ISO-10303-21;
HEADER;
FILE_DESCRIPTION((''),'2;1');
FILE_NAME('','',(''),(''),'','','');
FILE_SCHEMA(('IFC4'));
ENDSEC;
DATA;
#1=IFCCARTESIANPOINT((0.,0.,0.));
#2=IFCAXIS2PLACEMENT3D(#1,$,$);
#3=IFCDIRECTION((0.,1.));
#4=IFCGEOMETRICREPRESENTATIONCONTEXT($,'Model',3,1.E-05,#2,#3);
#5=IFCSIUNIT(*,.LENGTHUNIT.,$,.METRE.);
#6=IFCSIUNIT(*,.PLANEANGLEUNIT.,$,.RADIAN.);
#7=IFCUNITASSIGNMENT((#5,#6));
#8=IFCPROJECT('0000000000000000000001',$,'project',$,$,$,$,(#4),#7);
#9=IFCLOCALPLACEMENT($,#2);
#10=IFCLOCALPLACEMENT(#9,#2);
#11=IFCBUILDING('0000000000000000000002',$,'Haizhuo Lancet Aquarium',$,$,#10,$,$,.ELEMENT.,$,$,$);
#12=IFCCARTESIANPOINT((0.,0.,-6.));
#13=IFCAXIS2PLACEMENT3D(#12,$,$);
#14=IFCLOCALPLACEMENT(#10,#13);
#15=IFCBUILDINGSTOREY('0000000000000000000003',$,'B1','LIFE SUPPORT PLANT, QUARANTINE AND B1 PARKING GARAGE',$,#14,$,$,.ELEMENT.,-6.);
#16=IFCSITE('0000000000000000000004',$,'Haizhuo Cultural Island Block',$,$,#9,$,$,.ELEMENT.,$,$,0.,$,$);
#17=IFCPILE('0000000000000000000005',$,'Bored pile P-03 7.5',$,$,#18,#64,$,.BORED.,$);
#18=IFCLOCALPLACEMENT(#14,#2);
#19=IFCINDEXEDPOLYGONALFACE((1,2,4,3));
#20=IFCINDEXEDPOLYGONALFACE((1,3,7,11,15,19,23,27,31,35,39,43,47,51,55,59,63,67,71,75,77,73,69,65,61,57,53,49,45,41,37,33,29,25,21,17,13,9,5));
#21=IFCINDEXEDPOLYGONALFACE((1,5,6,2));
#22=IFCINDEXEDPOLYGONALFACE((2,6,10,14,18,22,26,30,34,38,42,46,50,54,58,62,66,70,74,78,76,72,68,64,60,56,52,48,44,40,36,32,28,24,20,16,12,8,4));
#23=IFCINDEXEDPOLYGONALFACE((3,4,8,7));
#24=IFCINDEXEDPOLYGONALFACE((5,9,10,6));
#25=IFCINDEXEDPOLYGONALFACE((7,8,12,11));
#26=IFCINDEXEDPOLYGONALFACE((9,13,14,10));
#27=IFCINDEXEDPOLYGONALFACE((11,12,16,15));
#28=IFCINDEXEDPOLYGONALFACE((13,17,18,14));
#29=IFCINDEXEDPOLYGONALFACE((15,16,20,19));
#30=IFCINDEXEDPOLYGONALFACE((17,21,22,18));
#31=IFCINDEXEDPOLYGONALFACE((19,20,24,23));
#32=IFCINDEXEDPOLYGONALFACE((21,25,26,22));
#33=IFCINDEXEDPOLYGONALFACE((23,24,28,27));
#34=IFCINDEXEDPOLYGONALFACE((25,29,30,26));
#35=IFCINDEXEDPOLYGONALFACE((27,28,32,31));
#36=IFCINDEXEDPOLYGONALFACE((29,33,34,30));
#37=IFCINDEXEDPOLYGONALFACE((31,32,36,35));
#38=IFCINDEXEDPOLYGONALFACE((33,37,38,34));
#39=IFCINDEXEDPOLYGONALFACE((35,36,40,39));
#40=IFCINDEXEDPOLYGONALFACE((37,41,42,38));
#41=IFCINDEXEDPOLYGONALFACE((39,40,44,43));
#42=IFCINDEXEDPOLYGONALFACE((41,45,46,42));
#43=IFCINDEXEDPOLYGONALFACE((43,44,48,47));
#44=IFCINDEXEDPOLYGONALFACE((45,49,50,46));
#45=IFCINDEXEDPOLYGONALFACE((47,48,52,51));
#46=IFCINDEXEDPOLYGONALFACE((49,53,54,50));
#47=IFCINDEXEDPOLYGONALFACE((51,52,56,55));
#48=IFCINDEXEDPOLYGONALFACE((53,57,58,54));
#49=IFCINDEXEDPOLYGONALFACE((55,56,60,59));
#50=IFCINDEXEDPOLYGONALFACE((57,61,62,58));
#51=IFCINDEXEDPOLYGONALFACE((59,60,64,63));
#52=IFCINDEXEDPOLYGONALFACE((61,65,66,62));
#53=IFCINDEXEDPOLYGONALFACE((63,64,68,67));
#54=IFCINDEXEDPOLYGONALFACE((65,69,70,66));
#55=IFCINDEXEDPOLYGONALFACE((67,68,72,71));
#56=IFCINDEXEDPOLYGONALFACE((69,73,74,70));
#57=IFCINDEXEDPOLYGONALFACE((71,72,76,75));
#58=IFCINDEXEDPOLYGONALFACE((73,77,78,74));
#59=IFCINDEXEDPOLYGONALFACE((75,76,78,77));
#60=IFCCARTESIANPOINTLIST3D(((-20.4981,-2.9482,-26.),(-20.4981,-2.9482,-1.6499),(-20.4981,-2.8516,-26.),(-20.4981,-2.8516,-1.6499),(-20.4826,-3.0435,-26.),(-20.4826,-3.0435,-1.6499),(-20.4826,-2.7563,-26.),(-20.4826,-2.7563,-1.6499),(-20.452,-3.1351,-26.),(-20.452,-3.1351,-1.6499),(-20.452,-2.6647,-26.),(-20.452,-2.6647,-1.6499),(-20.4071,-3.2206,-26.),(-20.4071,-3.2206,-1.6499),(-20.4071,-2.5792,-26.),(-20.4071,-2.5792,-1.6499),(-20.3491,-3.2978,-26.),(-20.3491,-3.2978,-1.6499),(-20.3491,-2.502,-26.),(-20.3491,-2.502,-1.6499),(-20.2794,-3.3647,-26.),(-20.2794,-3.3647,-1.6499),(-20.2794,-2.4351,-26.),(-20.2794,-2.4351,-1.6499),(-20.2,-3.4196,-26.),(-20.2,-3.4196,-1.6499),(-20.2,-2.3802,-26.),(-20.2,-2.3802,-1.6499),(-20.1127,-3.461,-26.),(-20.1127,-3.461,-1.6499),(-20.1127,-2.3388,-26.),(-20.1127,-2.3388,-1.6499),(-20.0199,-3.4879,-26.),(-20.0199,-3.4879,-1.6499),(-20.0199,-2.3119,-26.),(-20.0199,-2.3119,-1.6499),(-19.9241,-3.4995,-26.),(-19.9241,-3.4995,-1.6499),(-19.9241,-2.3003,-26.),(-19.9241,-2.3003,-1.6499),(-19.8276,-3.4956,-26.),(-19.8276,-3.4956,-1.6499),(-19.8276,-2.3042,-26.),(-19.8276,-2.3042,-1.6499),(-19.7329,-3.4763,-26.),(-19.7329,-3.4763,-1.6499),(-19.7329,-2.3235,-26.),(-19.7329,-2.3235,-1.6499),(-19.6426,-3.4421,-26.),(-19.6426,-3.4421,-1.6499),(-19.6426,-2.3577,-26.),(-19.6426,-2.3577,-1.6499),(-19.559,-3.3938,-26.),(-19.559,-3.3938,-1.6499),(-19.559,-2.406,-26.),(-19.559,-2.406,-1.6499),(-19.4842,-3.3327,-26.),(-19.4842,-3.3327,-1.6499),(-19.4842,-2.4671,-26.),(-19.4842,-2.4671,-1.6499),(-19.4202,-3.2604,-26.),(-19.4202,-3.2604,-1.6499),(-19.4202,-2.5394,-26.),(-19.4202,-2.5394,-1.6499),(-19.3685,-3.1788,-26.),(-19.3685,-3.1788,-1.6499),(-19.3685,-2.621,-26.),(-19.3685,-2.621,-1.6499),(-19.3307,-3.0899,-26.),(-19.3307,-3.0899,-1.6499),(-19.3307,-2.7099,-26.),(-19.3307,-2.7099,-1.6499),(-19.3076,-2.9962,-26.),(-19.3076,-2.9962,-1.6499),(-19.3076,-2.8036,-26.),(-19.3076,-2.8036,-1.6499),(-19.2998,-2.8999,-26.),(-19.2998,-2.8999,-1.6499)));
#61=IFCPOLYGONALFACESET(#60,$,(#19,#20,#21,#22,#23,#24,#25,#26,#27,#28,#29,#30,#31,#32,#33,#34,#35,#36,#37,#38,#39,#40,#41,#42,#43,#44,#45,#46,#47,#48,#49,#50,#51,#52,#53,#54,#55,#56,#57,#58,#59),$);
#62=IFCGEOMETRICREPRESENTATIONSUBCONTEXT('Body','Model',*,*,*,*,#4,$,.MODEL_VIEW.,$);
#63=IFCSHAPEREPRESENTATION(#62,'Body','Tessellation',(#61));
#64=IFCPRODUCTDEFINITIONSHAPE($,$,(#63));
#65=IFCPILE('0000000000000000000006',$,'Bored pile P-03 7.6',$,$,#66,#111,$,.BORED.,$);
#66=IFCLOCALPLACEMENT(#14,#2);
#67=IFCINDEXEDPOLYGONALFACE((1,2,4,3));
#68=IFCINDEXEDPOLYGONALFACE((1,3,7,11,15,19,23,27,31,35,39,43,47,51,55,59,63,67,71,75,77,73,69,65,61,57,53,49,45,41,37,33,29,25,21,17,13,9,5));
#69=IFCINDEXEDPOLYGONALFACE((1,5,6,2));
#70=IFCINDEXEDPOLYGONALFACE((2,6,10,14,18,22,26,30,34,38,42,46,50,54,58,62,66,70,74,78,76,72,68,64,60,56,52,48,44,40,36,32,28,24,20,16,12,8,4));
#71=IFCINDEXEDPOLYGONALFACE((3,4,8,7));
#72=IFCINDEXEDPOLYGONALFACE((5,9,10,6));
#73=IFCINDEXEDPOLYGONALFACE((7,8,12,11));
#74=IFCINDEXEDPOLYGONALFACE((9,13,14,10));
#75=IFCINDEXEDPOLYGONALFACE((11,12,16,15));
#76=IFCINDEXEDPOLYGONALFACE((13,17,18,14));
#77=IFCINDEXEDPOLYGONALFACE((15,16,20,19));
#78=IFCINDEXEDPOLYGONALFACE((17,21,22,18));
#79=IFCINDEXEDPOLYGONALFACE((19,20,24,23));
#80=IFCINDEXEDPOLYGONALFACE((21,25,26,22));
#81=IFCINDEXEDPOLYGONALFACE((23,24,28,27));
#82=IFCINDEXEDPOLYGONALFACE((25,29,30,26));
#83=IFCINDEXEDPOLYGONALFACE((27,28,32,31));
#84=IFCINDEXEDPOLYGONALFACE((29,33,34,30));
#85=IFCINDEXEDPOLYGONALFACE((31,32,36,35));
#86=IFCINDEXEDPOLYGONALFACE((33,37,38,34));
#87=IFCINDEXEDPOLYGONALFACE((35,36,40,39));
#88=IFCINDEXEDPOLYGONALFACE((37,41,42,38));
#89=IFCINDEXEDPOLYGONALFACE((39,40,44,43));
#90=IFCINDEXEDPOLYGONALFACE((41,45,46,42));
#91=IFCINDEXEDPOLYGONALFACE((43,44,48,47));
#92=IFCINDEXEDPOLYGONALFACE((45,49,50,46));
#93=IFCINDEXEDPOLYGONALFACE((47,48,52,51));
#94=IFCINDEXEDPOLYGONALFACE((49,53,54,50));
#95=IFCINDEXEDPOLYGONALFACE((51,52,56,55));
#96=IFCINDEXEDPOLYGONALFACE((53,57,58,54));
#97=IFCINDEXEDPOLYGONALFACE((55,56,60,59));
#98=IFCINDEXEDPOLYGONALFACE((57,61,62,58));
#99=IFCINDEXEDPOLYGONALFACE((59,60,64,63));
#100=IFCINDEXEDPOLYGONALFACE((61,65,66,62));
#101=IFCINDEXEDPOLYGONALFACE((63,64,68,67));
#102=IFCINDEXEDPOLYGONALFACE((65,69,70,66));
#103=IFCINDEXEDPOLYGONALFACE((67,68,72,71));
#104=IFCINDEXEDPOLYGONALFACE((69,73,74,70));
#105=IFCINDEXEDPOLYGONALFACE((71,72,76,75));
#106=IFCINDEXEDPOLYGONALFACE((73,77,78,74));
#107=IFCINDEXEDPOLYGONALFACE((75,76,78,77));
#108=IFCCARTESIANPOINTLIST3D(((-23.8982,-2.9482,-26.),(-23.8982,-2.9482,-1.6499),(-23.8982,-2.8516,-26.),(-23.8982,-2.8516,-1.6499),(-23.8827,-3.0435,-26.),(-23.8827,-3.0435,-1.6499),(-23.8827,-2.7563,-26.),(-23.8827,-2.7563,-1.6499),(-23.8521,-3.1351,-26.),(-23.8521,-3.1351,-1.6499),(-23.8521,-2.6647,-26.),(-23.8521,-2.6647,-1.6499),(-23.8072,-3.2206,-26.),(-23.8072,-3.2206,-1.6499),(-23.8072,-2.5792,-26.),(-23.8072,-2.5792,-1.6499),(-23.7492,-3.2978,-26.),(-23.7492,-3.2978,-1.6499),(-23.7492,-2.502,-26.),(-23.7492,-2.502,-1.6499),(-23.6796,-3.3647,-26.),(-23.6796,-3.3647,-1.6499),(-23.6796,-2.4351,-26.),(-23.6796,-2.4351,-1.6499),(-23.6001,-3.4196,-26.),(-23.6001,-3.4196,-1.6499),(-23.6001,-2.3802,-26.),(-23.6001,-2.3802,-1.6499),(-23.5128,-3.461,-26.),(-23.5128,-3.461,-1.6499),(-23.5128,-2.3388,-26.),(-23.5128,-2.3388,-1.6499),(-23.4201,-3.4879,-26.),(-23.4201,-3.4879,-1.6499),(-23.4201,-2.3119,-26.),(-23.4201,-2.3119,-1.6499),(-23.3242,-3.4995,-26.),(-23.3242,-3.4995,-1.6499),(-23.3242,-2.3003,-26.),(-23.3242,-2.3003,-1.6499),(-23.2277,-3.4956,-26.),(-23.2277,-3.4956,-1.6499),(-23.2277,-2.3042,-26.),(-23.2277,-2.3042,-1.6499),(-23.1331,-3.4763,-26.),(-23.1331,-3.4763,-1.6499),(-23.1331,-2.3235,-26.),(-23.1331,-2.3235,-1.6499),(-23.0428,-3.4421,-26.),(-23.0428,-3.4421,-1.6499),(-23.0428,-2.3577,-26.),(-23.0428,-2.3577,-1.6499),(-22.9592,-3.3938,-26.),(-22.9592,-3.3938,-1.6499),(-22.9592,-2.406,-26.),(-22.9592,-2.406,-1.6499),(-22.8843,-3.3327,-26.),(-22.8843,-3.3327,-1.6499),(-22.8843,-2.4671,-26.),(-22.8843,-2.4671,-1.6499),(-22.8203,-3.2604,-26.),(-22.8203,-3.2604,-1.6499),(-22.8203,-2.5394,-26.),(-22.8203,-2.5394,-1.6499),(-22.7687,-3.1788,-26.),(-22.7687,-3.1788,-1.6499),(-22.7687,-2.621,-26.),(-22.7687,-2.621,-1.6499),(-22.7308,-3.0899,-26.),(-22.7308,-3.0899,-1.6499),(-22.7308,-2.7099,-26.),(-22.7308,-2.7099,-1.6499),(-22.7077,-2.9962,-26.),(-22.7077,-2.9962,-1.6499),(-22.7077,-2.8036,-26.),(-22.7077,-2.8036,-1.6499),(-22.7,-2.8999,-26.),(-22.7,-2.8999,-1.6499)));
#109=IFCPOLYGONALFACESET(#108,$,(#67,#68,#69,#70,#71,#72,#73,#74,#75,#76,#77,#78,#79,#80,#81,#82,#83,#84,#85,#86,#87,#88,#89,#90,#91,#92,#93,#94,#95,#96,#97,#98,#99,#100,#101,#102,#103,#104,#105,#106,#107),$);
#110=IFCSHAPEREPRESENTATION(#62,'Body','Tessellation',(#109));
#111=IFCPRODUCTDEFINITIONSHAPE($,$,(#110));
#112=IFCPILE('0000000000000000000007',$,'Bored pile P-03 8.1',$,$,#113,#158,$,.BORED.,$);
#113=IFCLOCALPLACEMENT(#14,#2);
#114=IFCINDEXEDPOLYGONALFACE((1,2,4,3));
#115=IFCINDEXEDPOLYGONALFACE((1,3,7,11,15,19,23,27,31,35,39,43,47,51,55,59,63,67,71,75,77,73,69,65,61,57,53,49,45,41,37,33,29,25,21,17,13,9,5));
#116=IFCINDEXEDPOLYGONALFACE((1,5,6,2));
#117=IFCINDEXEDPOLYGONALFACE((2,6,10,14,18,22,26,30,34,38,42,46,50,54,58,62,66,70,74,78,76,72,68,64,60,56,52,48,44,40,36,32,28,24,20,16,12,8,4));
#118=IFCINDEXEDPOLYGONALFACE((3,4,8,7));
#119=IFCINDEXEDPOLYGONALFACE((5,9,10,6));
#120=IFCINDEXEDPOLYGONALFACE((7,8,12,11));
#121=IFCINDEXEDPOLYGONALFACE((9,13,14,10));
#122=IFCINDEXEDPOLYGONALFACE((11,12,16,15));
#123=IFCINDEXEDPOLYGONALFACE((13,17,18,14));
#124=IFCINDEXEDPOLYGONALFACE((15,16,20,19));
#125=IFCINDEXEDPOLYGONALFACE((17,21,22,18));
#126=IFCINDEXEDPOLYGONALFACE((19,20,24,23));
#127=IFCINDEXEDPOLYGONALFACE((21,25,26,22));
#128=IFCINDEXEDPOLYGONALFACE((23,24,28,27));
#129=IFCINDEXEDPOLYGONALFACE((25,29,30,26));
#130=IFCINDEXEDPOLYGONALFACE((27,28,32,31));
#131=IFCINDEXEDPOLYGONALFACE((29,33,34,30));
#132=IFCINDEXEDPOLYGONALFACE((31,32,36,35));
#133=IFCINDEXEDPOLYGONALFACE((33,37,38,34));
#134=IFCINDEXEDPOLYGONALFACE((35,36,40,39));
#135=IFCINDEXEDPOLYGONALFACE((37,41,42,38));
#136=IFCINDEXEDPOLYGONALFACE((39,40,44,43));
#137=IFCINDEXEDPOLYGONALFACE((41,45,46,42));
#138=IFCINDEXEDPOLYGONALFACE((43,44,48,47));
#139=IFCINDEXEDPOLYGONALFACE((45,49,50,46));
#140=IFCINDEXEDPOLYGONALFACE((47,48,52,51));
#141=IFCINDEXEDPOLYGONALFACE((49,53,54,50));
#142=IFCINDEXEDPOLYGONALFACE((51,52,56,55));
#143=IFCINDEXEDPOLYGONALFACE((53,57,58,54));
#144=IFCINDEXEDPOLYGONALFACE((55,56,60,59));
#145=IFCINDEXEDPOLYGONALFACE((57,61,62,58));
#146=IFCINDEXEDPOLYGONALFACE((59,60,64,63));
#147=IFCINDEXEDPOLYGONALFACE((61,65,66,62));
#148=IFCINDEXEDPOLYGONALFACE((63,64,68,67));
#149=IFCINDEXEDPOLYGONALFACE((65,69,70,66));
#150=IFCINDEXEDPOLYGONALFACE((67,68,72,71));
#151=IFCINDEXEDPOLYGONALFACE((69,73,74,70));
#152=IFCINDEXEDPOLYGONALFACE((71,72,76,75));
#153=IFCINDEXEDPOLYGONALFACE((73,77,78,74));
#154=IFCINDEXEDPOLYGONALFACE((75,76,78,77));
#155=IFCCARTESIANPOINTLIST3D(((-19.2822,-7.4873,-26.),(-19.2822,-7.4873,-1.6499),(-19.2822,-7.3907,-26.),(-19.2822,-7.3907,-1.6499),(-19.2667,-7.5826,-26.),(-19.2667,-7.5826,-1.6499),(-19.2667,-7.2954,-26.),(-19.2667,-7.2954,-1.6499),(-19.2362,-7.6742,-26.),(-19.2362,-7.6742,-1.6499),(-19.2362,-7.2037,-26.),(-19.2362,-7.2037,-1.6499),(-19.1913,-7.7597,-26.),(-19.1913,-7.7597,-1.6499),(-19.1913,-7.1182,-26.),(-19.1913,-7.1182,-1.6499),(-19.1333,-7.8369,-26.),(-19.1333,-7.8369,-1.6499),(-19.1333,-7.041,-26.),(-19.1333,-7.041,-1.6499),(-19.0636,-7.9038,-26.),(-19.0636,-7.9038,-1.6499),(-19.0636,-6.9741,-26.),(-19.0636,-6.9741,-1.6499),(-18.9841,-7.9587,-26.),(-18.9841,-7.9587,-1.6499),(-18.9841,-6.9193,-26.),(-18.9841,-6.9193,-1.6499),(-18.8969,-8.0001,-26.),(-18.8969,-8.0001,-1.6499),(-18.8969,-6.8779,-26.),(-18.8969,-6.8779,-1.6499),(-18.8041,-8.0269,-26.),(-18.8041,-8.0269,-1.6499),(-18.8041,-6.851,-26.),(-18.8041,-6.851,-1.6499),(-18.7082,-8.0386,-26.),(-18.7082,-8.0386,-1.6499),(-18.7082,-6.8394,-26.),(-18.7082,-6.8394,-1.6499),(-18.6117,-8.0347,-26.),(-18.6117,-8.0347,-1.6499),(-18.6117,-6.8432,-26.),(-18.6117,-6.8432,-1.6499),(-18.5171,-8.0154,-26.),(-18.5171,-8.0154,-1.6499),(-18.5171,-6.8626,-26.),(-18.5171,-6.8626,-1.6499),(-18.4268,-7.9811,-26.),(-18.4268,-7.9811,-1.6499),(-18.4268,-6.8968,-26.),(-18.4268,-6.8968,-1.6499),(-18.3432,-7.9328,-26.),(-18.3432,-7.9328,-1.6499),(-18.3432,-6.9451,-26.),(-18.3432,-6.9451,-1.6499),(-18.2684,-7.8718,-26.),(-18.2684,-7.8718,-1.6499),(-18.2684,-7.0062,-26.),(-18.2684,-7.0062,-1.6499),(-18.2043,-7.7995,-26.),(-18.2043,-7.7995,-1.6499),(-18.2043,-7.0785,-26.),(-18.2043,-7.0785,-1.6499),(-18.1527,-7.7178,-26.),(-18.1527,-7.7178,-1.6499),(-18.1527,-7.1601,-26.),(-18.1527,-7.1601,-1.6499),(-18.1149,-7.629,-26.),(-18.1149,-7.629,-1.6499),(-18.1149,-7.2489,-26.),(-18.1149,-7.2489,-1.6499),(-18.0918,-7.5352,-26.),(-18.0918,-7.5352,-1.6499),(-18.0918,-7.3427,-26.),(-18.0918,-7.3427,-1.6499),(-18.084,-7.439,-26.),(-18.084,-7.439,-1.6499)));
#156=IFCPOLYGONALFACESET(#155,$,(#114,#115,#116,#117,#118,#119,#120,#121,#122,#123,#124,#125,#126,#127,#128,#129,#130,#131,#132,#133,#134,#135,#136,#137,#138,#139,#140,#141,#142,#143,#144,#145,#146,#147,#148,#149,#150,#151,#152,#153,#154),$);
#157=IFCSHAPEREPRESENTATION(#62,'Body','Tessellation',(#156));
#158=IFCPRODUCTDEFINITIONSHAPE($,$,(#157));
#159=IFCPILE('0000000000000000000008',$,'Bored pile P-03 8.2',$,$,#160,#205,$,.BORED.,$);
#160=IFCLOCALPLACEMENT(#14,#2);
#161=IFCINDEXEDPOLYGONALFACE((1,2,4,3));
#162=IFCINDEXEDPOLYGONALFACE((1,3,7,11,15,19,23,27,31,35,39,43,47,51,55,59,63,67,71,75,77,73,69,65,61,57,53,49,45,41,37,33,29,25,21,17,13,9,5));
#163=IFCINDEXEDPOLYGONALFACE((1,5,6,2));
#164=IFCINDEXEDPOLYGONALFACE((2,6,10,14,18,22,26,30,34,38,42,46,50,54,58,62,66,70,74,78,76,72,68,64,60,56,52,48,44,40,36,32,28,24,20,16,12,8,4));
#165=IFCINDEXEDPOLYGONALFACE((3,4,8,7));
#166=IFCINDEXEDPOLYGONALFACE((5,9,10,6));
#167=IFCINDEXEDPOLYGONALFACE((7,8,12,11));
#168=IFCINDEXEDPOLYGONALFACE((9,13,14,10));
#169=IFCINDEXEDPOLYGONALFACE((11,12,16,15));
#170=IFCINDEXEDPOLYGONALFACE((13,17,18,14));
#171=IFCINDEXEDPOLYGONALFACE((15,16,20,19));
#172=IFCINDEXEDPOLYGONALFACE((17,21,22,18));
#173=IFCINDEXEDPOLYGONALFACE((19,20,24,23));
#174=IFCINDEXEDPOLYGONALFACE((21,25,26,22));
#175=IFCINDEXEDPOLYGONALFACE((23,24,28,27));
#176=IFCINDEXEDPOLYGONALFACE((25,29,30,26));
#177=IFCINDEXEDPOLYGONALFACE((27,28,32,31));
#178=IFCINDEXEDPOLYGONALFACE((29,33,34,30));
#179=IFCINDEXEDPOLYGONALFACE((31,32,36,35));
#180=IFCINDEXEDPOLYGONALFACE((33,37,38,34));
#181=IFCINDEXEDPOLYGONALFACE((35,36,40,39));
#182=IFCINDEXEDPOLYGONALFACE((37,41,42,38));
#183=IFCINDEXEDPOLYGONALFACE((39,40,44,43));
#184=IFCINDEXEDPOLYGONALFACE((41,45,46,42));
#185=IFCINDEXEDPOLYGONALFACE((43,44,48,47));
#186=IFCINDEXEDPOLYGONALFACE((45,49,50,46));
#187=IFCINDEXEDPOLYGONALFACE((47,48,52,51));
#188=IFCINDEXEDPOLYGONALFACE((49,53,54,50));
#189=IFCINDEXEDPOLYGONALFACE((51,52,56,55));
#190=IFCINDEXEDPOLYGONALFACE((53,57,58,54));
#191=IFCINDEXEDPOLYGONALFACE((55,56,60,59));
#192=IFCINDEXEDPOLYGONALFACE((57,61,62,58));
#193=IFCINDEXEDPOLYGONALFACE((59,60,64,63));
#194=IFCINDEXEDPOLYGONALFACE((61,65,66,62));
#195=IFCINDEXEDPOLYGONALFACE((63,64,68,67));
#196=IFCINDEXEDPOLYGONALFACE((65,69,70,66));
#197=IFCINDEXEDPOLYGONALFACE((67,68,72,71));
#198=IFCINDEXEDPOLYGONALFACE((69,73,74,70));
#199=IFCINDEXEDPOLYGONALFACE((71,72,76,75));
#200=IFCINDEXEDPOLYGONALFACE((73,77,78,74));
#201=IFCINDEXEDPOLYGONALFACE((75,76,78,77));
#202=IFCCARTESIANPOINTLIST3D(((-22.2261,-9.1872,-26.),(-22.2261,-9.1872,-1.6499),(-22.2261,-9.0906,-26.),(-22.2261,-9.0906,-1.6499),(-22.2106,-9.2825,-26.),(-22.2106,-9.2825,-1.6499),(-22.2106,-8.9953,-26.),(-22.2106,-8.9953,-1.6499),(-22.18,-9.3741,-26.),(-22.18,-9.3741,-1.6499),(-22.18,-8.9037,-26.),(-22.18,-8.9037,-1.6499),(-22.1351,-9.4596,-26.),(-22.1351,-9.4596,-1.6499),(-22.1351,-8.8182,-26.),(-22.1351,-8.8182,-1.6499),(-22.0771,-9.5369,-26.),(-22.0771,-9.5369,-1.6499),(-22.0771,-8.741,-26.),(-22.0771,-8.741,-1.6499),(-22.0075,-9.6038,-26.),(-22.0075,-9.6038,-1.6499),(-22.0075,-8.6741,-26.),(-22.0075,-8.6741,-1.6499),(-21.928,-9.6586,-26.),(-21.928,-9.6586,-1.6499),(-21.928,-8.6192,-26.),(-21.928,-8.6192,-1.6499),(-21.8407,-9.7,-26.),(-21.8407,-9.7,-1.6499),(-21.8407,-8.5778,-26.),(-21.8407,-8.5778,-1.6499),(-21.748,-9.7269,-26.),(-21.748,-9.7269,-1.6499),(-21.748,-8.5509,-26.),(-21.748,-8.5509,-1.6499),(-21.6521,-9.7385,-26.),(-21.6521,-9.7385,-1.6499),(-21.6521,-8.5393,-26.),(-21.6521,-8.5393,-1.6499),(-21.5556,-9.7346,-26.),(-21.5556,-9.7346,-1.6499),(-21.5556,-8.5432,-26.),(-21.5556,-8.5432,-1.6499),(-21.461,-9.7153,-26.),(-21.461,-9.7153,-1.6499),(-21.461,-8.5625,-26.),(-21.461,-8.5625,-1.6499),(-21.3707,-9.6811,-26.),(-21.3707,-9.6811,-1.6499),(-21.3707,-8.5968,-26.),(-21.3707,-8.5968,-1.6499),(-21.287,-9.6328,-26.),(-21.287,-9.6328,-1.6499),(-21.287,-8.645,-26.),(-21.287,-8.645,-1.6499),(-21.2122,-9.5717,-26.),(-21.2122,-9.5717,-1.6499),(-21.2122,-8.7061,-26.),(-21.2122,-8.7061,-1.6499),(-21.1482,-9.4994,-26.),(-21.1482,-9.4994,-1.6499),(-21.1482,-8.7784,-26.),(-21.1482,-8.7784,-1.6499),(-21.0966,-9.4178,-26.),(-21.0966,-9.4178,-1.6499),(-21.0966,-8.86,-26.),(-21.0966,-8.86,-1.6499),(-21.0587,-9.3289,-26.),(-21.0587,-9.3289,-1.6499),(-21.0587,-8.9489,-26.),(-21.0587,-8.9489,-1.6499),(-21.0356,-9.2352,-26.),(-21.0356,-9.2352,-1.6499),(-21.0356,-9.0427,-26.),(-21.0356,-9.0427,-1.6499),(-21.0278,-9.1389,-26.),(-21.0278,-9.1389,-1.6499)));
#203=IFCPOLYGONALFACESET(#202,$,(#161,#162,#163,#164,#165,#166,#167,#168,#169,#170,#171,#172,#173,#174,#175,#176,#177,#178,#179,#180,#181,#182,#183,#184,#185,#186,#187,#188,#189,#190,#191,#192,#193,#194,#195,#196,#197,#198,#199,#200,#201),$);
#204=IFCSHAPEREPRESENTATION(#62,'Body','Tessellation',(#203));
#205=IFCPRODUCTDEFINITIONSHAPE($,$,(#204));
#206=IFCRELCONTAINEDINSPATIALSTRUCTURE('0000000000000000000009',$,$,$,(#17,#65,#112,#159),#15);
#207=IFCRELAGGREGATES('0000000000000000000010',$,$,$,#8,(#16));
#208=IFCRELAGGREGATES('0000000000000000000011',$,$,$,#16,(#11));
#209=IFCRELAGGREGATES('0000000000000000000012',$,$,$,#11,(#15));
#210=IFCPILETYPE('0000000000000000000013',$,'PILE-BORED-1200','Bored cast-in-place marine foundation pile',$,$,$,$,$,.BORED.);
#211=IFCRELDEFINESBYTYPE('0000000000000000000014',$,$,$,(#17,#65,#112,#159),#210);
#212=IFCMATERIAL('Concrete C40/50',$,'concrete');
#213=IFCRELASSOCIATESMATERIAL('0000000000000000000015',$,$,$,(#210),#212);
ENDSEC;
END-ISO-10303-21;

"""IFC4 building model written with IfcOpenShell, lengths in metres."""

from ifc_helpers import new_model, si_unit, direction, frame, origin, origin_2d, place, context, subcontext, project, spatial, circle, extrude, material, material_profile, profile_set, type_object, element, save


model = new_model("IFC4")

# Units and contexts
model_context = context("Model", 3, precision=1e-05, world=origin(), true_north=direction((0.0, 1.0)))
body_context = subcontext(model_context, "Body", "Model", "MODEL_VIEW")
ifc_project = project(units=[si_unit("LENGTHUNIT", "METRE"), si_unit("PLANEANGLEUNIT", "RADIAN")], contexts=[model_context])

# Site, building, storey
site_placement = place(None, origin())
site = spatial("IfcSite", under=ifc_project, at=site_placement, Name="Haizhuo Cultural Island Block", CompositionType="ELEMENT", RefElevation=0.0)
building_placement = place(site_placement, origin())
building = spatial("IfcBuilding", under=site, at=building_placement, Name="Haizhuo Lancet Aquarium", CompositionType="ELEMENT")
storey_placement = place(building_placement, frame((0.0, 0.0, -6.0)))
storey = spatial("IfcBuildingStorey", under=building, at=storey_placement, Name="B1", Description="LIFE SUPPORT PLANT, QUARANTINE AND B1 PARKING GARAGE", CompositionType="ELEMENT", Elevation=-6.0)

# Shared definitions
ifc_material_1 = material(Name="Concrete C40/50", Category="concrete")

# Piles
ifc_material_profile_1 = material_profile(ifc_material_1, circle(Radius=0.6001, at=origin_2d()), Name="PILE-1200")
ifc_profile_set_1 = profile_set([ifc_material_profile_1], Name="Concrete C40/50")
pile_type_1 = type_object("IfcPileType", Name="PILE-BORED-1200", Description="Bored cast-in-place marine foundation pile", PredefinedType="BORED", material=ifc_profile_set_1)
for number, where, z_axis, x_axis, name in (
    (1, (-19.8999, -2.8999, -1.6499), (0.0, 0.0, -1.0), (1.0, 0.0, 0.0), "Bored pile P-03 7.5"),
    (2, (-23.3, -2.8999, -1.6499), (0.0, 0.0, -1.0), (1.0, 0.0, 0.0), "Bored pile P-03 7.6"),
    (3, (-18.6841, -7.439, -1.6499), (0.0, 0.0, -1.0), (1.0, 0.0, 0.0), "Bored pile P-03 8.1"),
    (4, (-21.6279, -9.1389, -1.6499), (0.0, 0.0, -1.0), (1.0, 0.0, 0.0), "Bored pile P-03 8.2"),
):
    element("IfcPile", number, at=place(storey_placement, frame(where, z_axis=z_axis, x_axis=x_axis)), inside=storey, type_object=pile_type_1, Name=name, PredefinedType="BORED", context=body_context, shape_type="SweptSolid", body=[
        extrude(circle(Radius=0.6001, at=origin_2d()), origin(), (0.0, 0.0, 1.0), 24.3501),
    ])

save(model, "model.ifc")
